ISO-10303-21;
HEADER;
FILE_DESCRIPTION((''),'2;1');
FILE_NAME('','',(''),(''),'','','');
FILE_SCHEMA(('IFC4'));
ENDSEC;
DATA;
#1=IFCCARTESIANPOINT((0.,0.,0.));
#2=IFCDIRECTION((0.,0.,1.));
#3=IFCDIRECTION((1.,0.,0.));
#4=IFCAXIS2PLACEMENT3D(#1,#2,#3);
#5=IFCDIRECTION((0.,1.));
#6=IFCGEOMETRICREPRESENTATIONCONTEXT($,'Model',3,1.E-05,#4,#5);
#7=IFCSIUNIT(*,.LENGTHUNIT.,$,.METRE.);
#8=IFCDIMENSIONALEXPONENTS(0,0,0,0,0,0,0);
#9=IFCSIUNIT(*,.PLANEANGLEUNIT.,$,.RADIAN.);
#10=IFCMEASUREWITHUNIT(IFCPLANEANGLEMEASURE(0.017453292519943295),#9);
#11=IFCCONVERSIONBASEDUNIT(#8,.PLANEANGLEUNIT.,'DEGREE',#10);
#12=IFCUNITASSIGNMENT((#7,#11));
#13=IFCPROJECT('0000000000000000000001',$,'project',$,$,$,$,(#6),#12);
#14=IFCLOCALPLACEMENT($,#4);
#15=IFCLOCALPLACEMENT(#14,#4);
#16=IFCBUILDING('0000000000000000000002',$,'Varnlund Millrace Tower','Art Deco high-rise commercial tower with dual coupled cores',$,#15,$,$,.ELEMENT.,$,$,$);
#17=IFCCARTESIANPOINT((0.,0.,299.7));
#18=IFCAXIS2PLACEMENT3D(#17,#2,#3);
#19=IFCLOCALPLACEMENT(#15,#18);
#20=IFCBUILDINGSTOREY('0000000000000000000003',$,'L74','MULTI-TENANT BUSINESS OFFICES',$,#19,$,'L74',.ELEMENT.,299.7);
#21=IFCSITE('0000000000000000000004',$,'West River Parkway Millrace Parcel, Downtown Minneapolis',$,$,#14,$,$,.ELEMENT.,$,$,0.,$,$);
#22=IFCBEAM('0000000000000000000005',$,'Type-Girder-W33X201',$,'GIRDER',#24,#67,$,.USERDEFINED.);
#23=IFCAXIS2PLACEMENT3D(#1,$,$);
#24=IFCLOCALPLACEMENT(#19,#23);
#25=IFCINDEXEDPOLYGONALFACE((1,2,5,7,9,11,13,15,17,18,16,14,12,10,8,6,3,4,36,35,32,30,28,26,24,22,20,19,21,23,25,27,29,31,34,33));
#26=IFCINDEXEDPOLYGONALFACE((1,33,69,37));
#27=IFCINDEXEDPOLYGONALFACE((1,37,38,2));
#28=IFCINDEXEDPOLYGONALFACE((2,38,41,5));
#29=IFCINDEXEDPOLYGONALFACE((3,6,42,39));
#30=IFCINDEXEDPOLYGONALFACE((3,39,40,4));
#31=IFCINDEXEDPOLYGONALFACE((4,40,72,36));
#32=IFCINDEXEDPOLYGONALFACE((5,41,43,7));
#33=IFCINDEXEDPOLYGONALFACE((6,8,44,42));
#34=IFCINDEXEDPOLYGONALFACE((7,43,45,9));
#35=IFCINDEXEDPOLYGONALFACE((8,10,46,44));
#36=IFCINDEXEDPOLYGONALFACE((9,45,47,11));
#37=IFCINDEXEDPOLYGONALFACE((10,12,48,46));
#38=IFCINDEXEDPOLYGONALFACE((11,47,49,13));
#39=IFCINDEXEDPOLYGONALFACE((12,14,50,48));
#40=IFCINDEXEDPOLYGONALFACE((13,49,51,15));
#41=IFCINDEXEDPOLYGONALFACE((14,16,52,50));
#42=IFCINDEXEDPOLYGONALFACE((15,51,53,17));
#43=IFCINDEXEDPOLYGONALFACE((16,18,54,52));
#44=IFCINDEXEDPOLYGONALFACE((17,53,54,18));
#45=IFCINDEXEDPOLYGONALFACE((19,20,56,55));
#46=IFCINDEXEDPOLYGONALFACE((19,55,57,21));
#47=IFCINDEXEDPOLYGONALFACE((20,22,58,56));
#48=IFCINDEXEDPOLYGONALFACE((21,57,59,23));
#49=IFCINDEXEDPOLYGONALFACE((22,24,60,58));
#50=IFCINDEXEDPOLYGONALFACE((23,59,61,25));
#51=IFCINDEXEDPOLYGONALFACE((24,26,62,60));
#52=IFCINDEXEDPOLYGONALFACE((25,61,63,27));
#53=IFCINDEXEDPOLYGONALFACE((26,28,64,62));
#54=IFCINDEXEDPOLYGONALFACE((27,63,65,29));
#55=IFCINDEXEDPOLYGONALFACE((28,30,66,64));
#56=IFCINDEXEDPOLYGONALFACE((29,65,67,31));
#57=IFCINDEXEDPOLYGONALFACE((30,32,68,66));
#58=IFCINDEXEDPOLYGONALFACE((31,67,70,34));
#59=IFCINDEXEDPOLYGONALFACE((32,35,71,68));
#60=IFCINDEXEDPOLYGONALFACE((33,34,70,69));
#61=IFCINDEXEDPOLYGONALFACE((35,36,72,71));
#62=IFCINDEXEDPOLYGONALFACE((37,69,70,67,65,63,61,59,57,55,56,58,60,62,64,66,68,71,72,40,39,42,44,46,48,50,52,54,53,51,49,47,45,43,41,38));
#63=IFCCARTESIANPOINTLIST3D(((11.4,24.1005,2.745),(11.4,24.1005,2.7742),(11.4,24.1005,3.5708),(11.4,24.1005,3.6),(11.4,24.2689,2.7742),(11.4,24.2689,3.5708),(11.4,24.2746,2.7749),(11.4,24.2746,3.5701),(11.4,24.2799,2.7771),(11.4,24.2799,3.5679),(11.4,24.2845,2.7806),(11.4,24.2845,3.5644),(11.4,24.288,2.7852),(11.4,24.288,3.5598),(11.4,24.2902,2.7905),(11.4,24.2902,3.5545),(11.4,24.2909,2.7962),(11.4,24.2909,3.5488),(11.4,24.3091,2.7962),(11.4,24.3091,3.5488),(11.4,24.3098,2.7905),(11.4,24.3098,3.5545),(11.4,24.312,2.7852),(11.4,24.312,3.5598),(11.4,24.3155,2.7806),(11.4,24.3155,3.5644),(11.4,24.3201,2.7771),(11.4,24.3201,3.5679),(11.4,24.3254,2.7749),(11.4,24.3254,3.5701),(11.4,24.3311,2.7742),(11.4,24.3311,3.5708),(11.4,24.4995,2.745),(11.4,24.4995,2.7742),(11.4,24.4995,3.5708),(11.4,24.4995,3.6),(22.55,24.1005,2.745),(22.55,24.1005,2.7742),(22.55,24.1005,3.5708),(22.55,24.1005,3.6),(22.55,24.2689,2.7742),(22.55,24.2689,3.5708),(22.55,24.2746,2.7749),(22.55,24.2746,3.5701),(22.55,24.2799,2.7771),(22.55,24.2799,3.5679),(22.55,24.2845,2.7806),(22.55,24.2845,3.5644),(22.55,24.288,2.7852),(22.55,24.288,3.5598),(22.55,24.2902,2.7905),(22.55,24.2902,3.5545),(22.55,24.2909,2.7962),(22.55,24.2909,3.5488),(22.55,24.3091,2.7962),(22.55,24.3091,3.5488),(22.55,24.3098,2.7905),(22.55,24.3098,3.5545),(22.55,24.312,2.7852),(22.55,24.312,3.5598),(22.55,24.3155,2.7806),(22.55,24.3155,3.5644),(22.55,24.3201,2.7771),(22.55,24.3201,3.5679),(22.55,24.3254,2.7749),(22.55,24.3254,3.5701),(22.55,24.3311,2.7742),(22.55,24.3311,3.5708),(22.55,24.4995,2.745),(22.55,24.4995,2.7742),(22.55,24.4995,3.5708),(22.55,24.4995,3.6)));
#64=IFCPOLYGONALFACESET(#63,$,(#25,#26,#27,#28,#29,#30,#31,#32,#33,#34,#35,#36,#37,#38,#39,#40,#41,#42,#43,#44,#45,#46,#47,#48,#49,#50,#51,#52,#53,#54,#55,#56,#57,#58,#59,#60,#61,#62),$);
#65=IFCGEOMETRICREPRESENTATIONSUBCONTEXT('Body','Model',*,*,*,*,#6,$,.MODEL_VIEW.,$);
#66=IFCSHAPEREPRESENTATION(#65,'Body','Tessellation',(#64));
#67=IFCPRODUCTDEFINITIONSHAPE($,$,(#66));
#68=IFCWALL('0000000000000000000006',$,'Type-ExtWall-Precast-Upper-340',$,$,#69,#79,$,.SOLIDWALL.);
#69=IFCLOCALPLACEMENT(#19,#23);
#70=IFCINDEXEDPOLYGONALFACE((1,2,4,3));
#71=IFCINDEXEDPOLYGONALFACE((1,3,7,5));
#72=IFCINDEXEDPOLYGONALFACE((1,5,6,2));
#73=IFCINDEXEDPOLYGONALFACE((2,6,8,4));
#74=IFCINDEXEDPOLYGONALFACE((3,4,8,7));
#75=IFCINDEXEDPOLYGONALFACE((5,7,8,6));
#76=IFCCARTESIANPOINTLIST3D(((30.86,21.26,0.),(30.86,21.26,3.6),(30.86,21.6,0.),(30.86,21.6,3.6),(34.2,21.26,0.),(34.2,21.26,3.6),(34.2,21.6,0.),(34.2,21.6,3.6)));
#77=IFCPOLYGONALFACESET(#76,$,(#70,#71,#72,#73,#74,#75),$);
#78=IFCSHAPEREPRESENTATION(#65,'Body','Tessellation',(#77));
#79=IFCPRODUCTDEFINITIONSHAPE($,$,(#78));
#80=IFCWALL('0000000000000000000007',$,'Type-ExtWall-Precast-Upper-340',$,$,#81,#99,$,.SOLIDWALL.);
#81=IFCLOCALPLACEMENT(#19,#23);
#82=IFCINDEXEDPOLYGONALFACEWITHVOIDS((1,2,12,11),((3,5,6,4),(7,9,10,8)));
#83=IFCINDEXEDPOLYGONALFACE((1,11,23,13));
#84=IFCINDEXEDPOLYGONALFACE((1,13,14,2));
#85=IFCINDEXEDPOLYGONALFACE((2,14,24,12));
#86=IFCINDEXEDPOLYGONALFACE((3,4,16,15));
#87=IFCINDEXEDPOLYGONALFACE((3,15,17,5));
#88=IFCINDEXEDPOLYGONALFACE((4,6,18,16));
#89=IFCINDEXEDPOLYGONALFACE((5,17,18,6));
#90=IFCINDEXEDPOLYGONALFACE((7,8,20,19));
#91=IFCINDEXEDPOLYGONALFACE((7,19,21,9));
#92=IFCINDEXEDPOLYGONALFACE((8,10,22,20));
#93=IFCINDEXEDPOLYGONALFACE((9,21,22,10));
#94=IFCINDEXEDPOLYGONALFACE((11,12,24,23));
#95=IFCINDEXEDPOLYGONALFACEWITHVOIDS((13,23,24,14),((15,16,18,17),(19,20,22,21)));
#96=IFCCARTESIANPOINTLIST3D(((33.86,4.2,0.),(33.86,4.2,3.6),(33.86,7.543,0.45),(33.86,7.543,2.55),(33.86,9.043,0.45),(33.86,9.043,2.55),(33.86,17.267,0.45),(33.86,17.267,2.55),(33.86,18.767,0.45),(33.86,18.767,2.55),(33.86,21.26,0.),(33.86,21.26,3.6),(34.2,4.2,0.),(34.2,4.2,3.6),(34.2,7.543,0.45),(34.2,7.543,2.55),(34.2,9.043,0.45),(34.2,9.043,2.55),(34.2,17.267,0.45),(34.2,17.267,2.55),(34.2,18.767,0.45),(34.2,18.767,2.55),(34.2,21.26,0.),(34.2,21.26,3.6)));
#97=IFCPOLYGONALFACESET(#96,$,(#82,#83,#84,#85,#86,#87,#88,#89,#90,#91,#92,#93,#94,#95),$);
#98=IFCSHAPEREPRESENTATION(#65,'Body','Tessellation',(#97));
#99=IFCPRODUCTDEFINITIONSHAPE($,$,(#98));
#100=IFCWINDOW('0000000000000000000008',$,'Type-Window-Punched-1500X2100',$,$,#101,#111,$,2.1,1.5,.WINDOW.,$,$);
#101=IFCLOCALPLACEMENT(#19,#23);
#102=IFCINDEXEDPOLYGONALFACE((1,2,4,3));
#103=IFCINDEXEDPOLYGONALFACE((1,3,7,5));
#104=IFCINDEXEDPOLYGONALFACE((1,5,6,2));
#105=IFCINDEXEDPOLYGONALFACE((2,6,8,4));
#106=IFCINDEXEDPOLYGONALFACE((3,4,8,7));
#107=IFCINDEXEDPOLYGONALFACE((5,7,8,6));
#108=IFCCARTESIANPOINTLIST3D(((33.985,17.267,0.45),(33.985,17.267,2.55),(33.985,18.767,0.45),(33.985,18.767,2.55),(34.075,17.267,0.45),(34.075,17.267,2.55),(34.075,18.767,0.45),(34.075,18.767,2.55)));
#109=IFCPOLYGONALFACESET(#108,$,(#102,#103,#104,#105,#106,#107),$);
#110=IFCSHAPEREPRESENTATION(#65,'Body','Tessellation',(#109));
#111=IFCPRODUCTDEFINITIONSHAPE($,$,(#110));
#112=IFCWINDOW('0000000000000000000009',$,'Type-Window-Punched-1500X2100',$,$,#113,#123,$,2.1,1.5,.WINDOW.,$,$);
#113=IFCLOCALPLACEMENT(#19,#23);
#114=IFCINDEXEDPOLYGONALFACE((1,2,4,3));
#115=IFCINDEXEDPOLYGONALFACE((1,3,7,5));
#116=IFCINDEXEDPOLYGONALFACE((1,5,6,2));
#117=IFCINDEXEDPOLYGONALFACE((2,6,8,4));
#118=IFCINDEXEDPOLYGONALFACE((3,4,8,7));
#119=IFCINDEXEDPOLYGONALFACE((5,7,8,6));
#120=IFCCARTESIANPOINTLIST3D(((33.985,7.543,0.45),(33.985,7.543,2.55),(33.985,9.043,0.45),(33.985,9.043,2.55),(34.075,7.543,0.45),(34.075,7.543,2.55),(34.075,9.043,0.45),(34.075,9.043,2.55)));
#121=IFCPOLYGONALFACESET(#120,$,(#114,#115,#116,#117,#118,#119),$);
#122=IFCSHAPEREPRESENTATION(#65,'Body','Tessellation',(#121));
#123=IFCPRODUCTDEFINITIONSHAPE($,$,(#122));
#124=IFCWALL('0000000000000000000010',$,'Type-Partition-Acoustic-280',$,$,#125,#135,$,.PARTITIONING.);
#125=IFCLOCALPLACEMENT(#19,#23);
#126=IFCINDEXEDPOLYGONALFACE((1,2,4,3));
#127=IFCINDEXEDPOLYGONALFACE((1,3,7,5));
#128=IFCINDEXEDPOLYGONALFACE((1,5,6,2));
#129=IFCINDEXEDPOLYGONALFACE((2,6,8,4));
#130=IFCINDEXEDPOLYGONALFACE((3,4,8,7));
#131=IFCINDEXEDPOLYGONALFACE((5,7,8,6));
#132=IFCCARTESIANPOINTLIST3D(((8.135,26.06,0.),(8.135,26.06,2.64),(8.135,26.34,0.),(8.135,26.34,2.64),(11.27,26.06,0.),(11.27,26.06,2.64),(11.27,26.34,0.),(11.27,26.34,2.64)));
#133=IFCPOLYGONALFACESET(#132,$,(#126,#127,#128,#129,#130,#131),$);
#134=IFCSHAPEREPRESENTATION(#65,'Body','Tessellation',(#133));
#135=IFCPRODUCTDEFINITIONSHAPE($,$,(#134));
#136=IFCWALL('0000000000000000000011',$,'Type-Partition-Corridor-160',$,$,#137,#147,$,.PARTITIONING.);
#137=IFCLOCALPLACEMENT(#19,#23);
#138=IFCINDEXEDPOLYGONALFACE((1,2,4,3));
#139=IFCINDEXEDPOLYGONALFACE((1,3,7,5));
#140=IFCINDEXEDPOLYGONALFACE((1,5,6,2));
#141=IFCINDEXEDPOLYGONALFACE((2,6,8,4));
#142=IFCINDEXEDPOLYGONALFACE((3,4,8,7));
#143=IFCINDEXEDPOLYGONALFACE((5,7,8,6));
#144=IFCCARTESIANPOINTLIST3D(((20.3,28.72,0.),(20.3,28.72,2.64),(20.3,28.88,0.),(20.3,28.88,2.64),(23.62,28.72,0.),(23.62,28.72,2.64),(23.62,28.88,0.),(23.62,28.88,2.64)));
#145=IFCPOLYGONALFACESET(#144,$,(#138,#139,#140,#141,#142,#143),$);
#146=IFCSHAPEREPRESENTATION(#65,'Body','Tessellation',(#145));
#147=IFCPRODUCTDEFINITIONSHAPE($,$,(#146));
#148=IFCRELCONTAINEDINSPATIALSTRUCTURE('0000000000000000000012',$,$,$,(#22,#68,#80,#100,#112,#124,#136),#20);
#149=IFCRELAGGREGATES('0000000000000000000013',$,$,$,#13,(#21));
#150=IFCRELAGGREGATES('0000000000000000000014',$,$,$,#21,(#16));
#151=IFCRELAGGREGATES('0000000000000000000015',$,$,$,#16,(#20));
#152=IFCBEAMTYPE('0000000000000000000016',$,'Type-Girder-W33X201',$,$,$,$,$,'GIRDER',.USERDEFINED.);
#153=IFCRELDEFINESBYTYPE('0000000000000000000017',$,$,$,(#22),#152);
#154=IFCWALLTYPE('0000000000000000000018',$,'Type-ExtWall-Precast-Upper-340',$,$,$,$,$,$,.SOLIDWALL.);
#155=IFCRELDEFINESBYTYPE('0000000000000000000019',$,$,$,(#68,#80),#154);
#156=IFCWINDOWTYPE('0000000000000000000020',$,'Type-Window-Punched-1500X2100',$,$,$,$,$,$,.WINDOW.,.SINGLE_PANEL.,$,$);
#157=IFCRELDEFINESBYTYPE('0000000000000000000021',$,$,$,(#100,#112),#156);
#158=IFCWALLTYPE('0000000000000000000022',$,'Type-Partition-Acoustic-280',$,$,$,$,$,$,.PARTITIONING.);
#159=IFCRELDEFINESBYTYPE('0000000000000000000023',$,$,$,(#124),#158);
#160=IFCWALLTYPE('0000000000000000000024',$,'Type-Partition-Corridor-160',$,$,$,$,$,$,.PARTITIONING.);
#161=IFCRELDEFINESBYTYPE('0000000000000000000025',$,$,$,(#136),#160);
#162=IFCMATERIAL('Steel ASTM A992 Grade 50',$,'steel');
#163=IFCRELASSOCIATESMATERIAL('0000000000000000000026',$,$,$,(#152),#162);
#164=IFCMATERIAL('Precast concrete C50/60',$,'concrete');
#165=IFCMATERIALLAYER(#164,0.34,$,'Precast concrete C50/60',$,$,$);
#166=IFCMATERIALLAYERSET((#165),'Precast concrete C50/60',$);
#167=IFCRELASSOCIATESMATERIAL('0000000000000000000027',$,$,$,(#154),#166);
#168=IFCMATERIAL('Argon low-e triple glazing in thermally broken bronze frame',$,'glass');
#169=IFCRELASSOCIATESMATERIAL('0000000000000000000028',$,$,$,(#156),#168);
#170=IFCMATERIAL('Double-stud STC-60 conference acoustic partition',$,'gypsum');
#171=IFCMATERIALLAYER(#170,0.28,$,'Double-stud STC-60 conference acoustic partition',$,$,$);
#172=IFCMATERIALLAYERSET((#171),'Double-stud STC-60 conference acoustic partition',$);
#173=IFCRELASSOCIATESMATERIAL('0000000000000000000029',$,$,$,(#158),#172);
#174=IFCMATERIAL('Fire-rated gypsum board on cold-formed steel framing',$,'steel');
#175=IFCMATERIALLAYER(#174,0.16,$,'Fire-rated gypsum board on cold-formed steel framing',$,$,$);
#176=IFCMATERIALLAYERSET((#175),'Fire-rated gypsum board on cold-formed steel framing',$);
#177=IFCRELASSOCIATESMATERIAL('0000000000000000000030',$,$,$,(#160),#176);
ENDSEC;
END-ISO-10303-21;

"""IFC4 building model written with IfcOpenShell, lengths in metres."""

from ifc_helpers import new_model, entity, si_unit, converted_unit, direction, frame, origin_with_axes, origin_2d_with_axis, place, context, subcontext, project, spatial, polyline, rectangle, i_section, outline, extrude, material, layer, layer_set, material_profile, profile_set, type_object, element, fill, save


model = new_model("IFC4")

# Units and contexts
model_context = context("Model", 3, precision=1e-05, world=origin_with_axes(), true_north=direction((0.0, 1.0)))
body_context = subcontext(model_context, "Body", "Model", "MODEL_VIEW")
ifc_project = project(units=[si_unit("LENGTHUNIT", "METRE"), converted_unit("PLANEANGLEUNIT", "DEGREE", entity("IfcPlaneAngleMeasure", 0.017453292519943295), si_unit("PLANEANGLEUNIT", "RADIAN"), dimensions=[0, 0, 0, 0, 0, 0, 0])], contexts=[model_context])

# Site, building, storey
site_placement = place(None, origin_with_axes())
site = spatial("IfcSite", under=ifc_project, at=site_placement, Name="West River Parkway Millrace Parcel, Downtown Minneapolis", CompositionType="ELEMENT", RefElevation=0.0)
building_placement = place(site_placement, origin_with_axes())
building = spatial("IfcBuilding", under=site, at=building_placement, Name="Varnlund Millrace Tower", Description="Art Deco high-rise commercial tower with dual coupled cores", CompositionType="ELEMENT")
storey_placement = place(building_placement, frame((0.0, 0.0, 299.7), z_axis=(0.0, 0.0, 1.0), x_axis=(1.0, 0.0, 0.0)))
storey = spatial("IfcBuildingStorey", under=building, at=storey_placement, Name="L74", Description="MULTI-TENANT BUSINESS OFFICES", LongName="L74", CompositionType="ELEMENT", Elevation=299.7)

# Beam
ifc_material_1 = material(Name="Steel ASTM A992 Grade 50", Category="steel")
ifc_material_profile_1 = material_profile(ifc_material_1, i_section(OverallWidth=0.399, OverallDepth=0.855, WebThickness=0.0182, FlangeThickness=0.0292, FilletRadius=0.022, at=origin_2d_with_axis()), Name="Steel ASTM A992 Grade 50")
ifc_profile_set_1 = profile_set([ifc_material_profile_1], Name="Steel ASTM A992 Grade 50")
beam_type_1 = type_object("IfcBeamType", Name="Type-Girder-W33X201", ElementType="GIRDER", PredefinedType="USERDEFINED", material=ifc_profile_set_1)
beam_1_placement = place(storey_placement, frame((11.4, 24.3, 3.1725), z_axis=(1.0, 0.0, 0.0), x_axis=(0.0, 1.0, 0.0)))
element("IfcBeam", 1, at=beam_1_placement, inside=storey, type_object=beam_type_1, Name="Type-Girder-W33X201", ObjectType="GIRDER", PredefinedType="USERDEFINED", context=body_context, shape_type="SweptSolid", body=[
    extrude(i_section(OverallWidth=0.399, OverallDepth=0.855, WebThickness=0.0182, FlangeThickness=0.0292, FilletRadius=0.022, at=origin_2d_with_axis()), origin_with_axes(), (0.0, 0.0, 1.0), 11.15),
])

# Wall
ifc_material_2 = material(Name="Precast concrete C50/60", Category="concrete")
ifc_layer_1 = layer(ifc_material_2, 0.34, Name="Precast concrete C50/60")
ifc_layer_set_1 = layer_set([ifc_layer_1], Name="Precast concrete C50/60")
wall_type_1 = type_object("IfcWallType", Name="Type-ExtWall-Precast-Upper-340", PredefinedType="SOLIDWALL", material=ifc_layer_set_1)
wall_1_placement = place(storey_placement, frame((30.86, 21.43, 0.0), z_axis=(0.0, 0.0, 1.0), x_axis=(1.0, 0.0, 0.0)))
element("IfcWall", 2, at=wall_1_placement, inside=storey, type_object=wall_type_1, Name="Type-ExtWall-Precast-Upper-340", PredefinedType="SOLIDWALL", context=body_context, shape_type="SweptSolid", body=[
    extrude(outline(polyline([(0.0, -0.17), (3.34, -0.17), (3.34, 0.17), (0.0, 0.17), (0.0, -0.17)])), origin_with_axes(), (0.0, 0.0, 1.0), 3.6),
])

# Wall, openings, windows
wall_2_placement = place(storey_placement, frame((34.03, 21.26, 0.0), z_axis=(0.0, 0.0, 1.0), x_axis=(0.0, -1.0, 0.0)))
wall_2 = element("IfcWall", 3, at=wall_2_placement, inside=storey, type_object=wall_type_1, Name="Type-ExtWall-Precast-Upper-340", PredefinedType="SOLIDWALL", context=body_context, shape_type="SweptSolid", body=[
    extrude(outline(polyline([(0.0, -0.17), (17.06, -0.17), (17.06, 0.17), (0.0, 0.17), (0.0, -0.17)])), origin_with_axes(), (0.0, 0.0, 1.0), 3.6),
])
opening_1_placement = place(wall_2_placement, frame((3.243, 0.0, 0.45), z_axis=(0.0, 0.0, 1.0), x_axis=(1.0, 0.0, 0.0)))
opening_1 = element("IfcOpeningElement", 4, at=opening_1_placement, cuts=wall_2, PredefinedType="OPENING", context=body_context, shape_type="SweptSolid", body=[
    extrude(rectangle(XDim=1.5, YDim=0.36, at=origin_2d_with_axis()), origin_with_axes(), (0.0, 0.0, 1.0), 2.1),
])
opening_2_placement = place(wall_2_placement, frame((12.967, 0.0, 0.45), z_axis=(0.0, 0.0, 1.0), x_axis=(1.0, 0.0, 0.0)))
opening_2 = element("IfcOpeningElement", 5, at=opening_2_placement, cuts=wall_2, PredefinedType="OPENING", context=body_context, shape_type="SweptSolid", body=[
    extrude(rectangle(XDim=1.5, YDim=0.36, at=origin_2d_with_axis()), origin_with_axes(), (0.0, 0.0, 1.0), 2.1),
])
ifc_material_3 = material(Name="Argon low-e triple glazing in thermally broken bronze frame", Category="glass")
window_type = type_object("IfcWindowType", Name="Type-Window-Punched-1500X2100", PartitioningType="SINGLE_PANEL", PredefinedType="WINDOW", material=ifc_material_3)
window_1_placement = place(wall_2_placement, frame((3.243, 0.0, 0.45), z_axis=(0.0, 0.0, 1.0), x_axis=(1.0, 0.0, 0.0)))
window_1 = element("IfcWindow", 6, at=window_1_placement, inside=storey, type_object=window_type, Name="Type-Window-Punched-1500X2100", OverallHeight=2.1, OverallWidth=1.5, PredefinedType="WINDOW", context=body_context, shape_type="SweptSolid", body=[
    extrude(rectangle(XDim=1.5, YDim=0.09, at=origin_2d_with_axis()), origin_with_axes(), (0.0, 0.0, 1.0), 2.1),
])
fill(opening_1, window_1)
window_2_placement = place(wall_2_placement, frame((12.967, 0.0, 0.45), z_axis=(0.0, 0.0, 1.0), x_axis=(1.0, 0.0, 0.0)))
window_2 = element("IfcWindow", 7, at=window_2_placement, inside=storey, type_object=window_type, Name="Type-Window-Punched-1500X2100", OverallHeight=2.1, OverallWidth=1.5, PredefinedType="WINDOW", context=body_context, shape_type="SweptSolid", body=[
    extrude(rectangle(XDim=1.5, YDim=0.09, at=origin_2d_with_axis()), origin_with_axes(), (0.0, 0.0, 1.0), 2.1),
])
fill(opening_2, window_2)

# Walls
ifc_material_4 = material(Name="Double-stud STC-60 conference acoustic partition", Category="gypsum")
ifc_layer_2 = layer(ifc_material_4, 0.28, Name="Double-stud STC-60 conference acoustic partition")
ifc_layer_set_2 = layer_set([ifc_layer_2], Name="Double-stud STC-60 conference acoustic partition")
wall_type_2 = type_object("IfcWallType", Name="Type-Partition-Acoustic-280", PredefinedType="PARTITIONING", material=ifc_layer_set_2)
wall_3_placement = place(storey_placement, frame((8.135, 26.2, 0.0), z_axis=(0.0, 0.0, 1.0), x_axis=(1.0, 0.0, 0.0)))
element("IfcWall", 8, at=wall_3_placement, inside=storey, type_object=wall_type_2, Name="Type-Partition-Acoustic-280", PredefinedType="PARTITIONING", context=body_context, shape_type="SweptSolid", body=[
    extrude(outline(polyline([(0.0, -0.14), (3.135, -0.14), (3.135, 0.14), (0.0, 0.14), (0.0, -0.14)])), origin_with_axes(), (0.0, 0.0, 1.0), 2.64),
])
ifc_material_5 = material(Name="Fire-rated gypsum board on cold-formed steel framing", Category="steel")
ifc_layer_3 = layer(ifc_material_5, 0.16, Name="Fire-rated gypsum board on cold-formed steel framing")
ifc_layer_set_3 = layer_set([ifc_layer_3], Name="Fire-rated gypsum board on cold-formed steel framing")
wall_type_3 = type_object("IfcWallType", Name="Type-Partition-Corridor-160", PredefinedType="PARTITIONING", material=ifc_layer_set_3)
wall_4_placement = place(storey_placement, frame((20.3, 28.8, 0.0), z_axis=(0.0, 0.0, 1.0), x_axis=(1.0, 0.0, 0.0)))
element("IfcWall", 9, at=wall_4_placement, inside=storey, type_object=wall_type_3, Name="Type-Partition-Corridor-160", PredefinedType="PARTITIONING", context=body_context, shape_type="SweptSolid", body=[
    extrude(outline(polyline([(0.0, -0.08), (3.32, -0.08), (3.32, 0.08), (0.0, 0.08), (0.0, -0.08)])), origin_with_axes(), (0.0, 0.0, 1.0), 2.64),
])

save(model, "model.ifc")
